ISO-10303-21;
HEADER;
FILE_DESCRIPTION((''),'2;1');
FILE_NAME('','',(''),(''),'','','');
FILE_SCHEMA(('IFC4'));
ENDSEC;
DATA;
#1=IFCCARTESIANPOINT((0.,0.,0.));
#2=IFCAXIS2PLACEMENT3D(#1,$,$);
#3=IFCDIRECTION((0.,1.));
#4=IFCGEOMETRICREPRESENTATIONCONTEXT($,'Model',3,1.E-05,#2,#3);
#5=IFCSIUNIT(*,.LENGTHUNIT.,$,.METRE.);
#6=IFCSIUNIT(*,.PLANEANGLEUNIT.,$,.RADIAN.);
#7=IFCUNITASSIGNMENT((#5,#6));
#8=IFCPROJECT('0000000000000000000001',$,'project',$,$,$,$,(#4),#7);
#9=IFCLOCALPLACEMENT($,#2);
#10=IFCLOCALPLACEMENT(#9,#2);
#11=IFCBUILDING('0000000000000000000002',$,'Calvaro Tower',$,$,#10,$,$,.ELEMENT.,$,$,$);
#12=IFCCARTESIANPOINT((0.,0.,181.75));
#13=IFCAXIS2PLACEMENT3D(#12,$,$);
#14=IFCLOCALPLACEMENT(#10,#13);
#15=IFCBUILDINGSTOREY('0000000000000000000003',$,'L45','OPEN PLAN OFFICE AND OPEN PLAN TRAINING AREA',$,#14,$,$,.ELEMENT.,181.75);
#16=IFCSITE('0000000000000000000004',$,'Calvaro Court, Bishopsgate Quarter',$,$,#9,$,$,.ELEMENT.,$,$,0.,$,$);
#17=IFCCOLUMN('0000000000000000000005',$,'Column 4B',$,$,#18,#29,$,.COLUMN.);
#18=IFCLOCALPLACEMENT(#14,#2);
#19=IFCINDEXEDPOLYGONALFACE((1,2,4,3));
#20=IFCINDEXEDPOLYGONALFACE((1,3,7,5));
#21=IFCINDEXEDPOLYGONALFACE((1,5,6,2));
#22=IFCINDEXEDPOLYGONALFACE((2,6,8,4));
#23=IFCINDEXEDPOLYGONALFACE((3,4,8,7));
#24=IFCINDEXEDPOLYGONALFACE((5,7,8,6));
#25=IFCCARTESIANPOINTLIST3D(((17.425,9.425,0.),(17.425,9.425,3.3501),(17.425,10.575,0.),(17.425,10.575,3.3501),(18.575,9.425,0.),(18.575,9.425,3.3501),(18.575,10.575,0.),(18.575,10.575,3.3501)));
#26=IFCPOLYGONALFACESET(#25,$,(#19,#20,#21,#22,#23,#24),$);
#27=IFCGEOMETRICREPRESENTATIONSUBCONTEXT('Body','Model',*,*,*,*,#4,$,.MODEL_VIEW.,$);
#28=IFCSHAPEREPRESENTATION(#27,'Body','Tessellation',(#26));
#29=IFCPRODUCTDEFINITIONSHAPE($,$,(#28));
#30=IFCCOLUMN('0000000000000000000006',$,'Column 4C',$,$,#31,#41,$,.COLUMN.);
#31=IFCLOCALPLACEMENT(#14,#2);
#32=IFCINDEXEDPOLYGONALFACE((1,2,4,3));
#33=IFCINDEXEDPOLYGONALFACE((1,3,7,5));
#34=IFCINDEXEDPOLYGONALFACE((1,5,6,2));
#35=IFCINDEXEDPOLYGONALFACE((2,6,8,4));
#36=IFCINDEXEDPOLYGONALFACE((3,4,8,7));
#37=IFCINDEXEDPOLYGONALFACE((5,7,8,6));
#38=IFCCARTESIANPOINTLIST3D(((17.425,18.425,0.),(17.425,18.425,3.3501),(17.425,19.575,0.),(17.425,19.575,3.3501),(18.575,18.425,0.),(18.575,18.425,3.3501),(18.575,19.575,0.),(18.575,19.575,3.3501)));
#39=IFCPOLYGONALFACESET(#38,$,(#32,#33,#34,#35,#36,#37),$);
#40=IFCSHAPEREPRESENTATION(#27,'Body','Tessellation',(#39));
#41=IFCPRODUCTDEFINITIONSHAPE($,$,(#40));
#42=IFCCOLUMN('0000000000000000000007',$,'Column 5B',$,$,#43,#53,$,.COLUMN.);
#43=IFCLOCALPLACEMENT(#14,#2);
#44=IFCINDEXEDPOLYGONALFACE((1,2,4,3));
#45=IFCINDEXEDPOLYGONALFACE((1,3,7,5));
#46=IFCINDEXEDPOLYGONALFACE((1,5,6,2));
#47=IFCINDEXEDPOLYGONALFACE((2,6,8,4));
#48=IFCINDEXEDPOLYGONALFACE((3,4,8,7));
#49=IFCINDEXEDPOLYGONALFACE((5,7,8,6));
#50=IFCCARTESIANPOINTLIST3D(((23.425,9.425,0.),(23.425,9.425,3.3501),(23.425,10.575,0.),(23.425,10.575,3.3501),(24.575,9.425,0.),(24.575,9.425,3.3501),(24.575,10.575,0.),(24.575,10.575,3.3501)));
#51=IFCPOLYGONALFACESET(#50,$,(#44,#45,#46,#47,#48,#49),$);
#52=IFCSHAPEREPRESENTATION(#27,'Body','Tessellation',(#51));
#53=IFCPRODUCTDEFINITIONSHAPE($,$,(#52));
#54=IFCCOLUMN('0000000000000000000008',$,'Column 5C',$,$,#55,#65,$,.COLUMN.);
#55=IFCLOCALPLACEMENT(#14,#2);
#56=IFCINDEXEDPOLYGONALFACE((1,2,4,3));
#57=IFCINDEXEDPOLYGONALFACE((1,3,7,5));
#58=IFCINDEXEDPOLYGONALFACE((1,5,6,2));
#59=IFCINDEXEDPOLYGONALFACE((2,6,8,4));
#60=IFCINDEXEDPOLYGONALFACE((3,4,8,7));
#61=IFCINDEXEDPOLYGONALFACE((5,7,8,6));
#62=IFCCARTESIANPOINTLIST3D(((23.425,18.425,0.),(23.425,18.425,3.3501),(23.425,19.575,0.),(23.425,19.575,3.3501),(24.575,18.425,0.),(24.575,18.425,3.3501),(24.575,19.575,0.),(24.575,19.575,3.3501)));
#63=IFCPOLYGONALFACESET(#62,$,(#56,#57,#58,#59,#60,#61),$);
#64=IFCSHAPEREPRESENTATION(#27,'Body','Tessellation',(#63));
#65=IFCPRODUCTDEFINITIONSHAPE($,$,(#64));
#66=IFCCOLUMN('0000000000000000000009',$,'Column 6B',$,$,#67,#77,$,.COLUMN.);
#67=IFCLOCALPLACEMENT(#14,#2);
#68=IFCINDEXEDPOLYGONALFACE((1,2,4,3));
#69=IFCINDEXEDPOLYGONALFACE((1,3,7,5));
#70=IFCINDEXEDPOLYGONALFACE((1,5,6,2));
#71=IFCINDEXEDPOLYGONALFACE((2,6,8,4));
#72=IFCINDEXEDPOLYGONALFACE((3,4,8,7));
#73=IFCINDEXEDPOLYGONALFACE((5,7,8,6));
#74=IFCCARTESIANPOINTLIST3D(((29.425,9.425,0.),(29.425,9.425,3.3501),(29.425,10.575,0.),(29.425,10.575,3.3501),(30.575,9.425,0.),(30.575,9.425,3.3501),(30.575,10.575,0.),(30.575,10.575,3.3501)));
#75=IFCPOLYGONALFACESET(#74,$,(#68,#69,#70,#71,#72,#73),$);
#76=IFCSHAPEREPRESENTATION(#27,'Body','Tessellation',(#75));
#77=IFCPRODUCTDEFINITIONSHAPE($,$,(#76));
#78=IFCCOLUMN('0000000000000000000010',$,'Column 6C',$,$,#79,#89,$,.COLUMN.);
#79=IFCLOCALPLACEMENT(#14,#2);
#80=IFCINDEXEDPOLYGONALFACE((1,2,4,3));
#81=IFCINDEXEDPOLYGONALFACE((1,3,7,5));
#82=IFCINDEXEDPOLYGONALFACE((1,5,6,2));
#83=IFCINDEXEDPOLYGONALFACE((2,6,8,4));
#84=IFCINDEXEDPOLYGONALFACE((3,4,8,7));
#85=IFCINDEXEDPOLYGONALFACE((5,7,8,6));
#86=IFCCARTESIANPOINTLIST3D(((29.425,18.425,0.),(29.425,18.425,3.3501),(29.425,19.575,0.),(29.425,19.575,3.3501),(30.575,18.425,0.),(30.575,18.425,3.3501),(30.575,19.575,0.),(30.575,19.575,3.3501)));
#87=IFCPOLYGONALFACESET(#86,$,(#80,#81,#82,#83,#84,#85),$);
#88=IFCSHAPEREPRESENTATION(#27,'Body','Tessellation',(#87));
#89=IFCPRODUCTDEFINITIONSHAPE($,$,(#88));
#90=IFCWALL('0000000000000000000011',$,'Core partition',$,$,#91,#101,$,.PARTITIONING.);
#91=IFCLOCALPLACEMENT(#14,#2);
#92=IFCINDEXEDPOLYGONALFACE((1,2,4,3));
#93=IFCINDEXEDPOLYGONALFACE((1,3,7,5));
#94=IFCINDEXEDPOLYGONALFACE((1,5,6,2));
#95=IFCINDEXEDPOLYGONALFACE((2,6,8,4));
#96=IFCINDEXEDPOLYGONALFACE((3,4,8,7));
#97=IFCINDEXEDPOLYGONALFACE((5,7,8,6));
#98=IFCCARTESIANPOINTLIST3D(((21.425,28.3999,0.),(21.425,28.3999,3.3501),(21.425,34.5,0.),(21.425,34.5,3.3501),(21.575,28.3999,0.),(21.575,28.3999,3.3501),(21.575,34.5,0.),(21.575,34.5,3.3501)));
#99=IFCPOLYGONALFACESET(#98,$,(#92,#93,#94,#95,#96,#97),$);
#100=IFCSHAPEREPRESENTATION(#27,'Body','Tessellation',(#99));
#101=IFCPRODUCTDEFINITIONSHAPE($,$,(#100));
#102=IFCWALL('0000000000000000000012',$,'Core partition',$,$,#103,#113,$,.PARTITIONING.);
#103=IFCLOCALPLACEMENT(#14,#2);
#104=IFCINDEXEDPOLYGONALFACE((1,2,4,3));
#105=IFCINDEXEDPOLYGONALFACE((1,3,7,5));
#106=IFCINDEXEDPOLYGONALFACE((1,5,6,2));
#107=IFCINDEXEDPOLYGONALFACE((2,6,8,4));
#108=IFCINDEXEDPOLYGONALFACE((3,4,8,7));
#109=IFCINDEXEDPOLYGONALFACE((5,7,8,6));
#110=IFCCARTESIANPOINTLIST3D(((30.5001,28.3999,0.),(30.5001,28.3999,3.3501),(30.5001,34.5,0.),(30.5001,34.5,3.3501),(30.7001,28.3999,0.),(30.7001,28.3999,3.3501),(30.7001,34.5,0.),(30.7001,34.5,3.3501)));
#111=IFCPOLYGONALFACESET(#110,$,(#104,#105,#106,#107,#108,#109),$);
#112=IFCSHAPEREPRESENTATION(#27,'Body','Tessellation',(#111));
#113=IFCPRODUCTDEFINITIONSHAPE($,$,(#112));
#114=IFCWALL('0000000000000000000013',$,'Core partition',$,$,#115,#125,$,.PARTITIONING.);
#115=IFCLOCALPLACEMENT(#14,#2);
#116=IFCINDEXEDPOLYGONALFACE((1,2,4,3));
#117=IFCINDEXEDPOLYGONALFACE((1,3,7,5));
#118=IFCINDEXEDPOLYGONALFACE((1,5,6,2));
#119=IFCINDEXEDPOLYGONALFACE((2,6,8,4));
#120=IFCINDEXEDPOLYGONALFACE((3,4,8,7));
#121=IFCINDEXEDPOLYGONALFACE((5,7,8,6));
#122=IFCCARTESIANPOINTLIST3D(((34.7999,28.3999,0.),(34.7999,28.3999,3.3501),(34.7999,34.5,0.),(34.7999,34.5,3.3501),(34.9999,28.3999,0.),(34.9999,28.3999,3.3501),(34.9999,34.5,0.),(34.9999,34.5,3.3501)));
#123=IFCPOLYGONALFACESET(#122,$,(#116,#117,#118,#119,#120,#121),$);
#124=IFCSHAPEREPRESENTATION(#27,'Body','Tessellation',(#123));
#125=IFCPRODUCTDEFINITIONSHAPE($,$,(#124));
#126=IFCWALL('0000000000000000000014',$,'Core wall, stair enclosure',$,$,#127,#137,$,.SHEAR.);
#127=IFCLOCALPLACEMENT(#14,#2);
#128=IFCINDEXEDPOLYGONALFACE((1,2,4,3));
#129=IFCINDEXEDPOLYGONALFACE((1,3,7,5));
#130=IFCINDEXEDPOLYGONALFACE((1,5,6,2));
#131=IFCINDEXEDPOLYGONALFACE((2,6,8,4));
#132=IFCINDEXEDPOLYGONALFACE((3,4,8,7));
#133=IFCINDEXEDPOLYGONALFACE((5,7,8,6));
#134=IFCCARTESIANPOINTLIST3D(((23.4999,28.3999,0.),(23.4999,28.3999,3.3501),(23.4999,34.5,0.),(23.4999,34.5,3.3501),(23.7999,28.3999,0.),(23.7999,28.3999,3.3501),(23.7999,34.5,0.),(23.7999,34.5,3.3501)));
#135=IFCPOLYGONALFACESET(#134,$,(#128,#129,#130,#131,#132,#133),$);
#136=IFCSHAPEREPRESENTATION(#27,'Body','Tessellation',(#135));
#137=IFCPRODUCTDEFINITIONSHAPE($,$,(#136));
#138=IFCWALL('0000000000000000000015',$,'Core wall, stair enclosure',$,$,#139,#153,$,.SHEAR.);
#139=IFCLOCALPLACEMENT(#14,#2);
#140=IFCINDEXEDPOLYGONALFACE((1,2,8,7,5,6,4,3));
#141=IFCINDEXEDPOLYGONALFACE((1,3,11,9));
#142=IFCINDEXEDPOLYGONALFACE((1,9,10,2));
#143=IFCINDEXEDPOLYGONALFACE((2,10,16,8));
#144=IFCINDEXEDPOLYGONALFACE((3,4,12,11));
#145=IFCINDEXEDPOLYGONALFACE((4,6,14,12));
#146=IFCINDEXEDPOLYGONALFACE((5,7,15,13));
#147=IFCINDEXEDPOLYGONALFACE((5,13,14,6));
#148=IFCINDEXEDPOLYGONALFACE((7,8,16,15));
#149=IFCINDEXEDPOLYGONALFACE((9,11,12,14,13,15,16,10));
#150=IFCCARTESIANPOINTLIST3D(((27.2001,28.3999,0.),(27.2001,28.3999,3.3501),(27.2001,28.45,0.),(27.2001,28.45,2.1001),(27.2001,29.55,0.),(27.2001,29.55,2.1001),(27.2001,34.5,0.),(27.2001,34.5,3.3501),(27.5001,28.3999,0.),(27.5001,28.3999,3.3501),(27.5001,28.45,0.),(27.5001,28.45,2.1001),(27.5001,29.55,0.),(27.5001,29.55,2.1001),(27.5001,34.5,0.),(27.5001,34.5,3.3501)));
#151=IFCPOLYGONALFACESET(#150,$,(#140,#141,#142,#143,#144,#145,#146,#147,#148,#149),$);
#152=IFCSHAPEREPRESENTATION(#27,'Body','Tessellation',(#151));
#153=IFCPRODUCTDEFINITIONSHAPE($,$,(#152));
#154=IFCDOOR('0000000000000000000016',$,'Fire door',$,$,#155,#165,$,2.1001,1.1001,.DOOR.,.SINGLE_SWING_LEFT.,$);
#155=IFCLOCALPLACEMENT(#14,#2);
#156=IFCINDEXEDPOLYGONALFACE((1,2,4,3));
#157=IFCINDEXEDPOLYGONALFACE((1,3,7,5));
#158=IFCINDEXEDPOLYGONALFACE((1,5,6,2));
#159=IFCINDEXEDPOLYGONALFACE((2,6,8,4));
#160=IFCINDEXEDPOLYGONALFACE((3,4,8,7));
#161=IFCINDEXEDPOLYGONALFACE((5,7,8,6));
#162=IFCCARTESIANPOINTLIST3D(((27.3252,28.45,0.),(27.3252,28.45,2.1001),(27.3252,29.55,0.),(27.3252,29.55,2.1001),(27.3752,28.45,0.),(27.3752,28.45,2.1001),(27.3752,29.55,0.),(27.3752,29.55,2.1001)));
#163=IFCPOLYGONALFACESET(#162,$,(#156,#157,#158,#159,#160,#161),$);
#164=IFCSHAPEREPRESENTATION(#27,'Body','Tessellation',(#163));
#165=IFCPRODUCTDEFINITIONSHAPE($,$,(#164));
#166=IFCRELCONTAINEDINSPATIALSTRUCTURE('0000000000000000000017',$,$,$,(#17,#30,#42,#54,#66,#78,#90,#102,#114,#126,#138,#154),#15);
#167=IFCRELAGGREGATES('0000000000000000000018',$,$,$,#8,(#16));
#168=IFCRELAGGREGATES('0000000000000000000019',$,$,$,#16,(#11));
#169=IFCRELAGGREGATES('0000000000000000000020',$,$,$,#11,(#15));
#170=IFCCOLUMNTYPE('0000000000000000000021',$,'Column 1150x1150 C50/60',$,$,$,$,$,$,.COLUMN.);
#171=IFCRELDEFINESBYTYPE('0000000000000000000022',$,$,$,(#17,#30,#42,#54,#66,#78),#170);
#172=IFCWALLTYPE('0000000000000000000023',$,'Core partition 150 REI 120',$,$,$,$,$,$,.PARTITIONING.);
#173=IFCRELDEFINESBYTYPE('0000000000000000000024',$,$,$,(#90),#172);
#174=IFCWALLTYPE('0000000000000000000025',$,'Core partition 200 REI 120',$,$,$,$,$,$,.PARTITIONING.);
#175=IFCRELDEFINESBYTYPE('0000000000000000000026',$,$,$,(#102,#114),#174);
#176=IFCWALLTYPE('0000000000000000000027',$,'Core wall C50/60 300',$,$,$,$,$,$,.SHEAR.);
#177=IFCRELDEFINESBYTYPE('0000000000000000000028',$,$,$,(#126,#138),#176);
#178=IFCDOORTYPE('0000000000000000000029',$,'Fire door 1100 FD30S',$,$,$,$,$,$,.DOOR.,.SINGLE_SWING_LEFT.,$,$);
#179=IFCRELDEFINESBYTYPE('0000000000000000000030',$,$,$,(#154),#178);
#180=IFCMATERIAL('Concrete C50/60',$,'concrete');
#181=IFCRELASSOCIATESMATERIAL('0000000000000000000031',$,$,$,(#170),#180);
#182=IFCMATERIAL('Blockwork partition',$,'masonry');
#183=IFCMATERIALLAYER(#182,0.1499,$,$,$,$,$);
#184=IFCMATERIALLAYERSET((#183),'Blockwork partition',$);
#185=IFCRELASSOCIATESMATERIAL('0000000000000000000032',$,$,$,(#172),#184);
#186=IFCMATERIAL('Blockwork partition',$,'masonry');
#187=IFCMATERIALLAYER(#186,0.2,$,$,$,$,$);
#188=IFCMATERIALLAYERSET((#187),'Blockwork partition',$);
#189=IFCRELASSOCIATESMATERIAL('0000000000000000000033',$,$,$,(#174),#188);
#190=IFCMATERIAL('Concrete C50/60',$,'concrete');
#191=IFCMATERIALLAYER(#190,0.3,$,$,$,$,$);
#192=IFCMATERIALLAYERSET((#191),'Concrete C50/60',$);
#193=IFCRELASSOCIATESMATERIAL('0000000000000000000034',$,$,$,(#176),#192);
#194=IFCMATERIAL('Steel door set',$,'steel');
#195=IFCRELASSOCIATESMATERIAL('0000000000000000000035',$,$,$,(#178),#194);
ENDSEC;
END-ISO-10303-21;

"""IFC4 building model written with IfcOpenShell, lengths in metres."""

from ifc_helpers import new_model, si_unit, direction, frame, frame_2d, origin, origin_2d, place, context, subcontext, project, spatial, rectangle, extrude, material, layer, layer_set, material_profile, profile_set, type_object, element, fill, save


model = new_model("IFC4")

# Units and contexts
model_context = context("Model", 3, precision=1e-05, world=origin(), true_north=direction((0.0, 1.0)))
body_context = subcontext(model_context, "Body", "Model", "MODEL_VIEW")
ifc_project = project(units=[si_unit("LENGTHUNIT", "METRE"), si_unit("PLANEANGLEUNIT", "RADIAN")], contexts=[model_context])

# Site, building, storey
site_placement = place(None, origin())
site = spatial("IfcSite", under=ifc_project, at=site_placement, Name="Calvaro Court, Bishopsgate Quarter", CompositionType="ELEMENT", RefElevation=0.0)
building_placement = place(site_placement, origin())
building = spatial("IfcBuilding", under=site, at=building_placement, Name="Calvaro Tower", CompositionType="ELEMENT")
storey_placement = place(building_placement, frame((0.0, 0.0, 181.75)))
storey = spatial("IfcBuildingStorey", under=building, at=storey_placement, Name="L45", Description="OPEN PLAN OFFICE AND OPEN PLAN TRAINING AREA", CompositionType="ELEMENT", Elevation=181.75)

# Columns
ifc_material_1 = material(Name="Concrete C50/60", Category="concrete")
ifc_material_profile = material_profile(ifc_material_1, rectangle(XDim=1.1499, YDim=1.1499, at=origin_2d()), Name="RC 1150x1150")
ifc_profile_set = profile_set([ifc_material_profile], Name="Concrete C50/60")
column_type = type_object("IfcColumnType", Name="Column 1150x1150 C50/60", PredefinedType="COLUMN", material=ifc_profile_set)
for number, where, z_axis, x_axis, name in (
    (1, (18.0, 10.0, 0.0), (0.0, 0.0, 1.0), (1.0, 0.0, 0.0), "Column 4B"),
    (2, (18.0, 19.0, 0.0), (0.0, 0.0, 1.0), (1.0, 0.0, 0.0), "Column 4C"),
    (3, (24.0, 10.0, 0.0), (0.0, 0.0, 1.0), (1.0, 0.0, 0.0), "Column 5B"),
    (4, (24.0, 19.0, 0.0), (0.0, 0.0, 1.0), (1.0, 0.0, 0.0), "Column 5C"),
    (5, (30.0, 10.0, 0.0), (0.0, 0.0, 1.0), (1.0, 0.0, 0.0), "Column 6B"),
    (6, (30.0, 19.0, 0.0), (0.0, 0.0, 1.0), (1.0, 0.0, 0.0), "Column 6C"),
):
    element("IfcColumn", number, at=place(storey_placement, frame(where, z_axis=z_axis, x_axis=x_axis)), inside=storey, type_object=column_type, Name=name, PredefinedType="COLUMN", context=body_context, shape_type="SweptSolid", body=[
        extrude(rectangle(XDim=1.1499, YDim=1.1499, at=origin_2d()), origin(), (0.0, 0.0, 1.0), 3.3501),
    ])

# Walls
ifc_material_2 = material(Name="Blockwork partition", Category="masonry")
ifc_layer_1 = layer(ifc_material_2, 0.1499)
ifc_layer_set_1 = layer_set([ifc_layer_1], Name="Blockwork partition")
wall_type_1 = type_object("IfcWallType", Name="Core partition 150 REI 120", PredefinedType="PARTITIONING", material=ifc_layer_set_1)
wall_1_placement = place(storey_placement, frame((21.5, 28.3999, 0.0), z_axis=(0.0, 0.0, 1.0), x_axis=(0.0, 1.0, 0.0)))
element("IfcWall", 7, at=wall_1_placement, inside=storey, type_object=wall_type_1, Name="Core partition", PredefinedType="PARTITIONING", context=body_context, shape_type="SweptSolid", body=[
    extrude(rectangle(XDim=6.1001, YDim=0.1499, at=frame_2d((3.05, 0.0))), origin(), (0.0, 0.0, 1.0), 3.3501),
])
ifc_material_3 = material(Name="Blockwork partition", Category="masonry")
ifc_layer_2 = layer(ifc_material_3, 0.2)
ifc_layer_set_2 = layer_set([ifc_layer_2], Name="Blockwork partition")
wall_type_2 = type_object("IfcWallType", Name="Core partition 200 REI 120", PredefinedType="PARTITIONING", material=ifc_layer_set_2)
for number, where, z_axis, x_axis, name in (
    (8, (30.6001, 28.3999, 0.0), (0.0, 0.0, 1.0), (0.0, 1.0, 0.0), "Core partition"),
    (9, (34.8999, 28.3999, 0.0), (0.0, 0.0, 1.0), (0.0, 1.0, 0.0), "Core partition"),
):
    element("IfcWall", number, at=place(storey_placement, frame(where, z_axis=z_axis, x_axis=x_axis)), inside=storey, type_object=wall_type_2, Name=name, PredefinedType="PARTITIONING", context=body_context, shape_type="SweptSolid", body=[
        extrude(rectangle(XDim=6.1001, YDim=0.2, at=frame_2d((3.05, 0.0))), origin(), (0.0, 0.0, 1.0), 3.3501),
    ])
ifc_material_4 = material(Name="Concrete C50/60", Category="concrete")
ifc_layer_3 = layer(ifc_material_4, 0.3)
ifc_layer_set_3 = layer_set([ifc_layer_3], Name="Concrete C50/60")
wall_type_3 = type_object("IfcWallType", Name="Core wall C50/60 300", PredefinedType="SHEAR", material=ifc_layer_set_3)
wall_2_placement = place(storey_placement, frame((23.6499, 28.3999, 0.0), z_axis=(0.0, 0.0, 1.0), x_axis=(0.0, 1.0, 0.0)))
element("IfcWall", 10, at=wall_2_placement, inside=storey, type_object=wall_type_3, Name="Core wall, stair enclosure", PredefinedType="SHEAR", context=body_context, shape_type="SweptSolid", body=[
    extrude(rectangle(XDim=6.1001, YDim=0.3, at=frame_2d((3.05, 0.0))), origin(), (0.0, 0.0, 1.0), 3.3501),
])

# Wall, opening, door
wall_3_placement = place(storey_placement, frame((27.3501, 28.3999, 0.0), z_axis=(0.0, 0.0, 1.0), x_axis=(0.0, 1.0, 0.0)))
wall_3 = element("IfcWall", 11, at=wall_3_placement, inside=storey, type_object=wall_type_3, Name="Core wall, stair enclosure", PredefinedType="SHEAR", context=body_context, shape_type="SweptSolid", body=[
    extrude(rectangle(XDim=6.1001, YDim=0.3, at=frame_2d((3.05, 0.0))), origin(), (0.0, 0.0, 1.0), 3.3501),
])
opening_1_placement = place(wall_3_placement, frame((0.05, 0.0, 0.0)))
opening_1 = element("IfcOpeningElement", 12, at=opening_1_placement, cuts=wall_3, PredefinedType="OPENING", context=body_context, shape_type="SweptSolid", body=[
    extrude(rectangle(XDim=1.1001, YDim=2.1001, at=frame_2d((0.55, 1.05))), frame((0.0, 0.1599, 0.0), z_axis=(0.0, -1.0, 0.0), x_axis=(1.0, 0.0, 0.0)), (0.0, 0.0, 1.0), 0.3201),
])
ifc_material_5 = material(Name="Steel door set", Category="steel")
door_type_1 = type_object("IfcDoorType", Name="Fire door 1100 FD30S", OperationType="SINGLE_SWING_LEFT", PredefinedType="DOOR", material=ifc_material_5)
door_1_placement = place(opening_1_placement, origin())
door_1 = element("IfcDoor", 13, at=door_1_placement, inside=storey, type_object=door_type_1, Name="Fire door", OperationType="SINGLE_SWING_LEFT", OverallHeight=2.1001, OverallWidth=1.1001, PredefinedType="DOOR", context=body_context, shape_type="SweptSolid", body=[
    extrude(rectangle(XDim=1.1001, YDim=2.1001, at=frame_2d((0.55, 1.05))), frame((0.0, 0.0249, 0.0), z_axis=(0.0, -1.0, 0.0), x_axis=(1.0, 0.0, 0.0)), (0.0, 0.0, 1.0), 0.05),
])
fill(opening_1, door_1)

save(model, "model.ifc")
